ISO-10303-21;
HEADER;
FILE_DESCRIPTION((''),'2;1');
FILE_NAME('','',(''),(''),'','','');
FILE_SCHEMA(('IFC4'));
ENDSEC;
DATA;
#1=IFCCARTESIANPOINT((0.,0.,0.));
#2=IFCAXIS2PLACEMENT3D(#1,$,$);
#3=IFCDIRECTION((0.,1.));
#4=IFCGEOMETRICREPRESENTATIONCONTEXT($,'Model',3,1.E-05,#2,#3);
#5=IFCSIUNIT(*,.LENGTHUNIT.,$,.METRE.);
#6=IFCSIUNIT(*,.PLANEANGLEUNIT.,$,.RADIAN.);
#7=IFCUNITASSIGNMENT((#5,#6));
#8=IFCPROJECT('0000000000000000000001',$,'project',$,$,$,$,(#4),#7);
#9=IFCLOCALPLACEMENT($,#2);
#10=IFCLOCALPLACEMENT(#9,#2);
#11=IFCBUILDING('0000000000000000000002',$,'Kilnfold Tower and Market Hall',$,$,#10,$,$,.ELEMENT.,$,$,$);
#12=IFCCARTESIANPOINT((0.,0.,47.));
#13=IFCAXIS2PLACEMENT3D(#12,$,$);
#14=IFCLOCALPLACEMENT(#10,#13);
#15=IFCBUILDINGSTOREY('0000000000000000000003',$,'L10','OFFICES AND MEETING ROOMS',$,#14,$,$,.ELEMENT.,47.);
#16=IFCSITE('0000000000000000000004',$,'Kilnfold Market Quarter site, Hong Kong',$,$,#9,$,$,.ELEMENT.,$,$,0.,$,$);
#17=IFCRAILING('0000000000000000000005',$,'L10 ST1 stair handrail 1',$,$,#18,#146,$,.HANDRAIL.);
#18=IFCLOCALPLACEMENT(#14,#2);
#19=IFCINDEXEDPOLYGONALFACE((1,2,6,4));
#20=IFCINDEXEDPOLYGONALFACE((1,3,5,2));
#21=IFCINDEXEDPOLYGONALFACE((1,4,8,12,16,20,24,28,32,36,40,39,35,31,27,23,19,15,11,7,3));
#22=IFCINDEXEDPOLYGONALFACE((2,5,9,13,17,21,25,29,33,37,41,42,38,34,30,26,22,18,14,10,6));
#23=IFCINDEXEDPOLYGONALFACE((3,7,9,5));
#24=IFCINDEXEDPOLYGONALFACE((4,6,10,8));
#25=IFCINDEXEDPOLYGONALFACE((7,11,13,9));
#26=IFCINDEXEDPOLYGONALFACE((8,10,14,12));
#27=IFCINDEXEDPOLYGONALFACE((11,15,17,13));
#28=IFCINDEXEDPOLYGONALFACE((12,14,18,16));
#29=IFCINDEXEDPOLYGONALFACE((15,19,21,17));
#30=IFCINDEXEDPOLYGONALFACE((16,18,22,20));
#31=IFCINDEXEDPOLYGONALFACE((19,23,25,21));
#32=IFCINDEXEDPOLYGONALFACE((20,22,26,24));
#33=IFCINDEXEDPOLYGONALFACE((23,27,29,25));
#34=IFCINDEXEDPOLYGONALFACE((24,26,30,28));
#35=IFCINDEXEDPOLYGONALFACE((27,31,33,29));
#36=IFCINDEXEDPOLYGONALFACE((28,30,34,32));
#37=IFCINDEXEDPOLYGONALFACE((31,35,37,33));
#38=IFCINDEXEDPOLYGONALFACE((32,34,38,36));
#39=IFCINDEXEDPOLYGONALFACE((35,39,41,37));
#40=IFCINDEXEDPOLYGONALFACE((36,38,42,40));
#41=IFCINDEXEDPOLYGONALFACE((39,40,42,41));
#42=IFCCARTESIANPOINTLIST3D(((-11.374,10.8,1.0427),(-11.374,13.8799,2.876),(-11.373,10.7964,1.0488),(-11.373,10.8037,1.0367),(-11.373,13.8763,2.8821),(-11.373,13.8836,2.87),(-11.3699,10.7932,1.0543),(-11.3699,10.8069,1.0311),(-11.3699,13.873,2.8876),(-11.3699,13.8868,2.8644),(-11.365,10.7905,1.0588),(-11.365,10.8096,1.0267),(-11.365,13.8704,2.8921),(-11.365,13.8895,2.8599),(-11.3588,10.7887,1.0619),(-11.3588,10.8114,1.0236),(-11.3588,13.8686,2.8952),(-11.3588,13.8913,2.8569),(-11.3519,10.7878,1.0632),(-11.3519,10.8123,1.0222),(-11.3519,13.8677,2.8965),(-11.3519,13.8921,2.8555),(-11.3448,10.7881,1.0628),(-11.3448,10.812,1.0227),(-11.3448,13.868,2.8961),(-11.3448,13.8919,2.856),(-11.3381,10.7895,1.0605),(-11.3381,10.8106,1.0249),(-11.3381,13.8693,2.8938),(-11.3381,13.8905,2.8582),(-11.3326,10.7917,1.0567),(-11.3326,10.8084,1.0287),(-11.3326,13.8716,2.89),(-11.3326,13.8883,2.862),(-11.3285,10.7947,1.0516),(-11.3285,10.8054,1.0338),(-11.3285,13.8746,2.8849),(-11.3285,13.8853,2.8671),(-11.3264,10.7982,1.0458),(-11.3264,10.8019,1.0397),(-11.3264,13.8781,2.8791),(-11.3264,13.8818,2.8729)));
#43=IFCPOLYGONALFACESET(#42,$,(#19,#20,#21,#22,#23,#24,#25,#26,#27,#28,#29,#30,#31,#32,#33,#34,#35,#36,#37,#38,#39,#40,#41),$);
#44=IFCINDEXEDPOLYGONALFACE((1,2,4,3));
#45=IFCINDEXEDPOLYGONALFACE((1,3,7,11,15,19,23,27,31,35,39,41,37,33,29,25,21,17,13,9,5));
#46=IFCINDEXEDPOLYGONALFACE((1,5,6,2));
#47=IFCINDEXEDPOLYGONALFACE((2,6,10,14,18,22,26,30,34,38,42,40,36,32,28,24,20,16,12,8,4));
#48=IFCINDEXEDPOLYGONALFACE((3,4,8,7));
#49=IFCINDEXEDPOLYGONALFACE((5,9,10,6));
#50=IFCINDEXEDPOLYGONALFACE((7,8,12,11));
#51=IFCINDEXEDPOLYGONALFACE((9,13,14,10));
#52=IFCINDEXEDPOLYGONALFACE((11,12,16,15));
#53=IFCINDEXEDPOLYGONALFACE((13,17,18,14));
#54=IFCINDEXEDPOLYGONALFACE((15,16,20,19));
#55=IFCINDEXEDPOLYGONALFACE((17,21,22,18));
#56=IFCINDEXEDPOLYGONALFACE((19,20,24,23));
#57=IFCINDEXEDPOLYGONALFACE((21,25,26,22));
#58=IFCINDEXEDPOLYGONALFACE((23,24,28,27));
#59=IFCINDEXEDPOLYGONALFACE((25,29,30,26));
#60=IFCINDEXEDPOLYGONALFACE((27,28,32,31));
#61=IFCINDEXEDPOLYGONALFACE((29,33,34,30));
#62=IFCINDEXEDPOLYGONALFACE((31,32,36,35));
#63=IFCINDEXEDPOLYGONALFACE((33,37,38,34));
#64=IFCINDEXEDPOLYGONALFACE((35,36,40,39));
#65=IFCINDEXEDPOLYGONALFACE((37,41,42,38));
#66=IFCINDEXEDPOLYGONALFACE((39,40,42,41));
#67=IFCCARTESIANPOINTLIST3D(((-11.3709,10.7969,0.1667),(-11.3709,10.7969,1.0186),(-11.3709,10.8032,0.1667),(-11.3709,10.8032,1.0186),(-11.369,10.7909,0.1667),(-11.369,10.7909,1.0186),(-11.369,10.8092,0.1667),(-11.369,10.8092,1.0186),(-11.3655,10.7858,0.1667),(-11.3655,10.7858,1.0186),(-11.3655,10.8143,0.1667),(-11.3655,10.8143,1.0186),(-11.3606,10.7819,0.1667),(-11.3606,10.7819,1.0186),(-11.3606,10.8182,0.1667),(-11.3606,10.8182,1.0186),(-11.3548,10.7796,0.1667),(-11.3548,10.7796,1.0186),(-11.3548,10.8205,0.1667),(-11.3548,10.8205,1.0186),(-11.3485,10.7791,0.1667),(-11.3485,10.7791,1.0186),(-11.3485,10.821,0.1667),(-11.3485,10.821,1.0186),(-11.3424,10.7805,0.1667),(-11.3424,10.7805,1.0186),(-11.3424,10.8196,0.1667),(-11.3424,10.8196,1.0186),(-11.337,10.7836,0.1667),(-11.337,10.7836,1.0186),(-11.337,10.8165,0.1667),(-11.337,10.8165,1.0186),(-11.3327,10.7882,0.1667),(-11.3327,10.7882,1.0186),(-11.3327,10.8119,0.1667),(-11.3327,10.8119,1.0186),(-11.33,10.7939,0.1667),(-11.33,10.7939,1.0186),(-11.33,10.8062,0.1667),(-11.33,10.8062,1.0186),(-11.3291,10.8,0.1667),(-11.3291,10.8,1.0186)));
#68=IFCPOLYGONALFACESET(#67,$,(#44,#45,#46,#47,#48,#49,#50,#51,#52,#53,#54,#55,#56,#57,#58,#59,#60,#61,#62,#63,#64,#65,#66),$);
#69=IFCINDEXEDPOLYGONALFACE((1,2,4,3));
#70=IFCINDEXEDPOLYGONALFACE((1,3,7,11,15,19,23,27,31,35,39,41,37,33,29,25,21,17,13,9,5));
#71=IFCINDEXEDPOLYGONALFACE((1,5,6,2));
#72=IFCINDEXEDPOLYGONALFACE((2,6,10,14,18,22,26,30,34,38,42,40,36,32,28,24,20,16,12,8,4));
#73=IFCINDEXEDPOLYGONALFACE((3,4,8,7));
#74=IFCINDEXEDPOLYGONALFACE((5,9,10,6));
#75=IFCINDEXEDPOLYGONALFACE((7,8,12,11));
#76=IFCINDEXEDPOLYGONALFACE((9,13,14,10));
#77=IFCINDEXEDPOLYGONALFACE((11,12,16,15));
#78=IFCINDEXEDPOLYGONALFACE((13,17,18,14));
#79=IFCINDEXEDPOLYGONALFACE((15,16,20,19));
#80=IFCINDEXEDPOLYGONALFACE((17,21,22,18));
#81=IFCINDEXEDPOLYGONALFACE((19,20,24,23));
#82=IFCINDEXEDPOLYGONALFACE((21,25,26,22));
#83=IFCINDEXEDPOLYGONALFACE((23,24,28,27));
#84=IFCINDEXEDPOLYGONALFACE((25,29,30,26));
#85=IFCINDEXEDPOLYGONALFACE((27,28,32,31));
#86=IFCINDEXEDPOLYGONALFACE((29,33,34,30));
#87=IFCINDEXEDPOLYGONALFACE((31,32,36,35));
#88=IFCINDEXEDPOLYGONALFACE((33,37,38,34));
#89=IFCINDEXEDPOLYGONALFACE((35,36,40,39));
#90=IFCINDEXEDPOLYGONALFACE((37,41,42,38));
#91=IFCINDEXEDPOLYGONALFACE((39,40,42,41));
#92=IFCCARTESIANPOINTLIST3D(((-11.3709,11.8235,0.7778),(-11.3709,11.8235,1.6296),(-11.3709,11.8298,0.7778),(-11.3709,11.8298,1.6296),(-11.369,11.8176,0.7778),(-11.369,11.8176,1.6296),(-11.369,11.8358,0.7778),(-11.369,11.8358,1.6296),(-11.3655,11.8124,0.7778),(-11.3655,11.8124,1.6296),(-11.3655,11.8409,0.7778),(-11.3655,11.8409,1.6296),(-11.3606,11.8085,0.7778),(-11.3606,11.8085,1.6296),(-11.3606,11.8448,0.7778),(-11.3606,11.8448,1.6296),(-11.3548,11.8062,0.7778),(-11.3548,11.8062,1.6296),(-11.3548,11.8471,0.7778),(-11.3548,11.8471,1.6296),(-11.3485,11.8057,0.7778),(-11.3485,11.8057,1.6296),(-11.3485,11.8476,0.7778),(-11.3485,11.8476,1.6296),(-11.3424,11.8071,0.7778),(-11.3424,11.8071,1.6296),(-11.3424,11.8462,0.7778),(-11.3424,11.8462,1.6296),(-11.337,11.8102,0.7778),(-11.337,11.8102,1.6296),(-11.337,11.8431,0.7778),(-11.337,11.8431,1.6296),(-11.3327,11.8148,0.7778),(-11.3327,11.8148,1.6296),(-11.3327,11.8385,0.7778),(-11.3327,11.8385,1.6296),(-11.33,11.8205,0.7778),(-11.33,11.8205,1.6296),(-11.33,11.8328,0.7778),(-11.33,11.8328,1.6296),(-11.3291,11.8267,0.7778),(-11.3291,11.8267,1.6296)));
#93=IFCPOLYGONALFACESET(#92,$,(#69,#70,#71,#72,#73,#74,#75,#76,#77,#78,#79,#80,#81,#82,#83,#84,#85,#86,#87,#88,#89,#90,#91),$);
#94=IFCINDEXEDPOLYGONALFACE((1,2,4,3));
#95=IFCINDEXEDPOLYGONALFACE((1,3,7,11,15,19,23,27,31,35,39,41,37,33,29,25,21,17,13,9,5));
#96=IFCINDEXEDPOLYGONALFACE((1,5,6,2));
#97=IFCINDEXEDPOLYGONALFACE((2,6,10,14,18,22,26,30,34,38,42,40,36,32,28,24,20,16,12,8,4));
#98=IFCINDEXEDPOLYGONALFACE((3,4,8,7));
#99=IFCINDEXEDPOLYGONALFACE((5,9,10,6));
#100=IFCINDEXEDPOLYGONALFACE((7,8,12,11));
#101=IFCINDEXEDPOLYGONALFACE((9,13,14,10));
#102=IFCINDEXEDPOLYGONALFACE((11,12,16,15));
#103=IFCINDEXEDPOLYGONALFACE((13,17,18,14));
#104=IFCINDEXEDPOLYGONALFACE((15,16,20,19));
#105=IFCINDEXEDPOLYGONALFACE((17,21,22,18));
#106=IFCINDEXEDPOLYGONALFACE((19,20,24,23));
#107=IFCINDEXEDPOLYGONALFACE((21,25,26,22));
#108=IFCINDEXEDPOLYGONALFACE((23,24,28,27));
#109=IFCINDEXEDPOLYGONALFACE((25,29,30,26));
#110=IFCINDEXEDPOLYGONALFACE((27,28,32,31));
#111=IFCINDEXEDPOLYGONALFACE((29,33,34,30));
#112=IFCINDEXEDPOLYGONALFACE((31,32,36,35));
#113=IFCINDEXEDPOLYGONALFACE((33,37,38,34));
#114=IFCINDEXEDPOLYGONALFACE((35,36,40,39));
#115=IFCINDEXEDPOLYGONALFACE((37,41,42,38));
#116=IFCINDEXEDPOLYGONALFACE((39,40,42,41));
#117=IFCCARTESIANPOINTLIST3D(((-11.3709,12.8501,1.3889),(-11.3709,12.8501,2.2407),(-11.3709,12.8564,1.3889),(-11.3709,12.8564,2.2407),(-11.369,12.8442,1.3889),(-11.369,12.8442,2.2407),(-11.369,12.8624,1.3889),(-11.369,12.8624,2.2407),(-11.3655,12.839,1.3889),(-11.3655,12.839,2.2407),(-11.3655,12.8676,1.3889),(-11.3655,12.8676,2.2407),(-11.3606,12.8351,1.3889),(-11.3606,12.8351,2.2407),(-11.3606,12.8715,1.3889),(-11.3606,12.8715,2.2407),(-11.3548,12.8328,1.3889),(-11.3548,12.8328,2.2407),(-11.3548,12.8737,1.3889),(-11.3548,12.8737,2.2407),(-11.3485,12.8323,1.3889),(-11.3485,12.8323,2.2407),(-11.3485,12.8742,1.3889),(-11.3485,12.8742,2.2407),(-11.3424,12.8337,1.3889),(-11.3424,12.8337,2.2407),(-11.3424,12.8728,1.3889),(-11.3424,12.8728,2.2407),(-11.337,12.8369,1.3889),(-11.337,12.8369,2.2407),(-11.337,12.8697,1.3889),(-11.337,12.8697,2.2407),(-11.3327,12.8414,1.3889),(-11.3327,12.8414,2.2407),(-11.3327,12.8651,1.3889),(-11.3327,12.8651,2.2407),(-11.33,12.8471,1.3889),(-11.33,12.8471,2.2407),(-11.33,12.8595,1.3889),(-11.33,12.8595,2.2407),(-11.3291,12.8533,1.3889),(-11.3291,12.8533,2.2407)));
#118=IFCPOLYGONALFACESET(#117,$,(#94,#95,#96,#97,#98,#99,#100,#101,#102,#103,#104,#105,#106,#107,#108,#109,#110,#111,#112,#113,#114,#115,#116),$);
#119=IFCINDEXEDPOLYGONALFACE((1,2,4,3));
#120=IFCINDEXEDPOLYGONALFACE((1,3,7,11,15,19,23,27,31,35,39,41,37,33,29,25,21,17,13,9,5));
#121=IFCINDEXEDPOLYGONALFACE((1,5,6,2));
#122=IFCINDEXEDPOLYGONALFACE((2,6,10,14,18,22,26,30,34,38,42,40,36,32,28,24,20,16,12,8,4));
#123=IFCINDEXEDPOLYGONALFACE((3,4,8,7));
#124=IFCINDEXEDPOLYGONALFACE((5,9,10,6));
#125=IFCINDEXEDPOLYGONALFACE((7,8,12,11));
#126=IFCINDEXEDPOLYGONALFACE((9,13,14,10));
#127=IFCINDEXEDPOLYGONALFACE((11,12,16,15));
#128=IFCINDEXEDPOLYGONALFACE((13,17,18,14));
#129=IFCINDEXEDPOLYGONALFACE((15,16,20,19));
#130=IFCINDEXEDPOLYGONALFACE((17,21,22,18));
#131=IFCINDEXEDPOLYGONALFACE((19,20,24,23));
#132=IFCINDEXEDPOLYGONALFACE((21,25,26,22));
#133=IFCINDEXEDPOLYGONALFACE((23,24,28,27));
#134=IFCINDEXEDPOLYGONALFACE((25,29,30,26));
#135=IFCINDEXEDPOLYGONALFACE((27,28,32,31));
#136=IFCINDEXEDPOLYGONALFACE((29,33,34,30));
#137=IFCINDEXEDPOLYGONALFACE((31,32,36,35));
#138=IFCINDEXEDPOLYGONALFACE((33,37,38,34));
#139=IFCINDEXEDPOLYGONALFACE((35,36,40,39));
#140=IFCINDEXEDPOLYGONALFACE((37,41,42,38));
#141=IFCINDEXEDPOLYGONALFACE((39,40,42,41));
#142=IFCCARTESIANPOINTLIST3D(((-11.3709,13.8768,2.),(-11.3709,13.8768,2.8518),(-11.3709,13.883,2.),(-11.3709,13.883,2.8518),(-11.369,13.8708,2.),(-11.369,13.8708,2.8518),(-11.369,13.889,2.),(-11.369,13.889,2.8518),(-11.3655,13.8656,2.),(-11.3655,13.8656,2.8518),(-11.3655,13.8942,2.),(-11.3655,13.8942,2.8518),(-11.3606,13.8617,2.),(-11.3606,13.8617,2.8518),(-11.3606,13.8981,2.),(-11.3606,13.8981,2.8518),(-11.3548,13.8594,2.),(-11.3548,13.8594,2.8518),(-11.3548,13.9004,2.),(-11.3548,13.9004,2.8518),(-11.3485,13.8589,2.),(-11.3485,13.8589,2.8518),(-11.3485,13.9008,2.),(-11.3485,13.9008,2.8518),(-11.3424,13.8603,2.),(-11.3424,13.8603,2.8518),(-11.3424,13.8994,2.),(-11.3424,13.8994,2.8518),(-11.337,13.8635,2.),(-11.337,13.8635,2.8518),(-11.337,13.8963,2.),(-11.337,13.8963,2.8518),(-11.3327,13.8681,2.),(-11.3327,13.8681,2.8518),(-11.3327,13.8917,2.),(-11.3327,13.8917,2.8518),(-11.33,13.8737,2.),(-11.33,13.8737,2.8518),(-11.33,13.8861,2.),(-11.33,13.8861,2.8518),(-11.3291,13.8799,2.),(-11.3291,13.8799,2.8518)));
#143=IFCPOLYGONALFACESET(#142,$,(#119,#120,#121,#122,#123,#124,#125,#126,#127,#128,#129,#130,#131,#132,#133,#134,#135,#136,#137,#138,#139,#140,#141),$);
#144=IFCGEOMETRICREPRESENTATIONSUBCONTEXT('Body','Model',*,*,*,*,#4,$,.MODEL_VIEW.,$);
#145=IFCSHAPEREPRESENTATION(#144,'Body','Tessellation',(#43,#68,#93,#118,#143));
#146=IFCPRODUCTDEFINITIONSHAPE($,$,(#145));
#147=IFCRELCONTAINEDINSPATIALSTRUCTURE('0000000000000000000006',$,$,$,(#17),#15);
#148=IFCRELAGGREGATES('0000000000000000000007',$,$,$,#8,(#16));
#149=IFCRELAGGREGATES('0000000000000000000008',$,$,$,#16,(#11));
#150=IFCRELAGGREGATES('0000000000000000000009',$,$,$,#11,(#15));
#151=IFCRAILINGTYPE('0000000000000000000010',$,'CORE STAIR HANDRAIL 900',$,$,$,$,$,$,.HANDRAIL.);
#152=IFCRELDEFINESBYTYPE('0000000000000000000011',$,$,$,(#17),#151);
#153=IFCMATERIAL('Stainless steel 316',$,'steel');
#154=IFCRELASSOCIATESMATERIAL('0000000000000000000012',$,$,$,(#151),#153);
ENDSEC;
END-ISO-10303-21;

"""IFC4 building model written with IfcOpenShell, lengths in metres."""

from ifc_helpers import new_model, si_unit, direction, frame, origin, origin_2d, place, context, subcontext, project, spatial, circle, extrude, material, type_object, element, save


model = new_model("IFC4")

# Units and contexts
model_context = context("Model", 3, precision=1e-05, world=origin(), true_north=direction((0.0, 1.0)))
body_context = subcontext(model_context, "Body", "Model", "MODEL_VIEW")
ifc_project = project(units=[si_unit("LENGTHUNIT", "METRE"), si_unit("PLANEANGLEUNIT", "RADIAN")], contexts=[model_context])

# Site, building, storey
site_placement = place(None, origin())
site = spatial("IfcSite", under=ifc_project, at=site_placement, Name="Kilnfold Market Quarter site, Hong Kong", CompositionType="ELEMENT", RefElevation=0.0)
building_placement = place(site_placement, origin())
building = spatial("IfcBuilding", under=site, at=building_placement, Name="Kilnfold Tower and Market Hall", CompositionType="ELEMENT")
storey_placement = place(building_placement, frame((0.0, 0.0, 47.0)))
storey = spatial("IfcBuildingStorey", under=building, at=storey_placement, Name="L10", Description="OFFICES AND MEETING ROOMS", CompositionType="ELEMENT", Elevation=47.0)

# Railing
ifc_material_1 = material(Name="Stainless steel 316", Category="steel")
railing_type_1 = type_object("IfcRailingType", Name="CORE STAIR HANDRAIL 900", PredefinedType="HANDRAIL", material=ifc_material_1)
railing_1_placement = place(storey_placement, frame((-11.3501, 10.8, 0.1667)))
element("IfcRailing", 1, at=railing_1_placement, inside=storey, type_object=railing_type_1, Name="L10 ST1 stair handrail 1", PredefinedType="HANDRAIL", context=body_context, shape_type="SweptSolid", body=[
    extrude(circle(Radius=0.0239, at=origin_2d()), frame((0.0, 0.0, 0.876), z_axis=(0.0, 0.859291, 0.511487), x_axis=(-1.0, 0.0, 0.0)), (0.0, 0.0, 1.0), 3.5842),
    extrude(circle(Radius=0.021, at=origin_2d()), origin(), (0.0, 0.0, 1.0), 0.8518),
    extrude(circle(Radius=0.021, at=origin_2d()), frame((0.0, 1.0266, 0.6111)), (0.0, 0.0, 1.0), 0.8518),
    extrude(circle(Radius=0.021, at=origin_2d()), frame((0.0, 2.0532, 1.2222)), (0.0, 0.0, 1.0), 0.8518),
    extrude(circle(Radius=0.021, at=origin_2d()), frame((0.0, 3.0798, 1.8333)), (0.0, 0.0, 1.0), 0.8518),
])

save(model, "model.ifc")
